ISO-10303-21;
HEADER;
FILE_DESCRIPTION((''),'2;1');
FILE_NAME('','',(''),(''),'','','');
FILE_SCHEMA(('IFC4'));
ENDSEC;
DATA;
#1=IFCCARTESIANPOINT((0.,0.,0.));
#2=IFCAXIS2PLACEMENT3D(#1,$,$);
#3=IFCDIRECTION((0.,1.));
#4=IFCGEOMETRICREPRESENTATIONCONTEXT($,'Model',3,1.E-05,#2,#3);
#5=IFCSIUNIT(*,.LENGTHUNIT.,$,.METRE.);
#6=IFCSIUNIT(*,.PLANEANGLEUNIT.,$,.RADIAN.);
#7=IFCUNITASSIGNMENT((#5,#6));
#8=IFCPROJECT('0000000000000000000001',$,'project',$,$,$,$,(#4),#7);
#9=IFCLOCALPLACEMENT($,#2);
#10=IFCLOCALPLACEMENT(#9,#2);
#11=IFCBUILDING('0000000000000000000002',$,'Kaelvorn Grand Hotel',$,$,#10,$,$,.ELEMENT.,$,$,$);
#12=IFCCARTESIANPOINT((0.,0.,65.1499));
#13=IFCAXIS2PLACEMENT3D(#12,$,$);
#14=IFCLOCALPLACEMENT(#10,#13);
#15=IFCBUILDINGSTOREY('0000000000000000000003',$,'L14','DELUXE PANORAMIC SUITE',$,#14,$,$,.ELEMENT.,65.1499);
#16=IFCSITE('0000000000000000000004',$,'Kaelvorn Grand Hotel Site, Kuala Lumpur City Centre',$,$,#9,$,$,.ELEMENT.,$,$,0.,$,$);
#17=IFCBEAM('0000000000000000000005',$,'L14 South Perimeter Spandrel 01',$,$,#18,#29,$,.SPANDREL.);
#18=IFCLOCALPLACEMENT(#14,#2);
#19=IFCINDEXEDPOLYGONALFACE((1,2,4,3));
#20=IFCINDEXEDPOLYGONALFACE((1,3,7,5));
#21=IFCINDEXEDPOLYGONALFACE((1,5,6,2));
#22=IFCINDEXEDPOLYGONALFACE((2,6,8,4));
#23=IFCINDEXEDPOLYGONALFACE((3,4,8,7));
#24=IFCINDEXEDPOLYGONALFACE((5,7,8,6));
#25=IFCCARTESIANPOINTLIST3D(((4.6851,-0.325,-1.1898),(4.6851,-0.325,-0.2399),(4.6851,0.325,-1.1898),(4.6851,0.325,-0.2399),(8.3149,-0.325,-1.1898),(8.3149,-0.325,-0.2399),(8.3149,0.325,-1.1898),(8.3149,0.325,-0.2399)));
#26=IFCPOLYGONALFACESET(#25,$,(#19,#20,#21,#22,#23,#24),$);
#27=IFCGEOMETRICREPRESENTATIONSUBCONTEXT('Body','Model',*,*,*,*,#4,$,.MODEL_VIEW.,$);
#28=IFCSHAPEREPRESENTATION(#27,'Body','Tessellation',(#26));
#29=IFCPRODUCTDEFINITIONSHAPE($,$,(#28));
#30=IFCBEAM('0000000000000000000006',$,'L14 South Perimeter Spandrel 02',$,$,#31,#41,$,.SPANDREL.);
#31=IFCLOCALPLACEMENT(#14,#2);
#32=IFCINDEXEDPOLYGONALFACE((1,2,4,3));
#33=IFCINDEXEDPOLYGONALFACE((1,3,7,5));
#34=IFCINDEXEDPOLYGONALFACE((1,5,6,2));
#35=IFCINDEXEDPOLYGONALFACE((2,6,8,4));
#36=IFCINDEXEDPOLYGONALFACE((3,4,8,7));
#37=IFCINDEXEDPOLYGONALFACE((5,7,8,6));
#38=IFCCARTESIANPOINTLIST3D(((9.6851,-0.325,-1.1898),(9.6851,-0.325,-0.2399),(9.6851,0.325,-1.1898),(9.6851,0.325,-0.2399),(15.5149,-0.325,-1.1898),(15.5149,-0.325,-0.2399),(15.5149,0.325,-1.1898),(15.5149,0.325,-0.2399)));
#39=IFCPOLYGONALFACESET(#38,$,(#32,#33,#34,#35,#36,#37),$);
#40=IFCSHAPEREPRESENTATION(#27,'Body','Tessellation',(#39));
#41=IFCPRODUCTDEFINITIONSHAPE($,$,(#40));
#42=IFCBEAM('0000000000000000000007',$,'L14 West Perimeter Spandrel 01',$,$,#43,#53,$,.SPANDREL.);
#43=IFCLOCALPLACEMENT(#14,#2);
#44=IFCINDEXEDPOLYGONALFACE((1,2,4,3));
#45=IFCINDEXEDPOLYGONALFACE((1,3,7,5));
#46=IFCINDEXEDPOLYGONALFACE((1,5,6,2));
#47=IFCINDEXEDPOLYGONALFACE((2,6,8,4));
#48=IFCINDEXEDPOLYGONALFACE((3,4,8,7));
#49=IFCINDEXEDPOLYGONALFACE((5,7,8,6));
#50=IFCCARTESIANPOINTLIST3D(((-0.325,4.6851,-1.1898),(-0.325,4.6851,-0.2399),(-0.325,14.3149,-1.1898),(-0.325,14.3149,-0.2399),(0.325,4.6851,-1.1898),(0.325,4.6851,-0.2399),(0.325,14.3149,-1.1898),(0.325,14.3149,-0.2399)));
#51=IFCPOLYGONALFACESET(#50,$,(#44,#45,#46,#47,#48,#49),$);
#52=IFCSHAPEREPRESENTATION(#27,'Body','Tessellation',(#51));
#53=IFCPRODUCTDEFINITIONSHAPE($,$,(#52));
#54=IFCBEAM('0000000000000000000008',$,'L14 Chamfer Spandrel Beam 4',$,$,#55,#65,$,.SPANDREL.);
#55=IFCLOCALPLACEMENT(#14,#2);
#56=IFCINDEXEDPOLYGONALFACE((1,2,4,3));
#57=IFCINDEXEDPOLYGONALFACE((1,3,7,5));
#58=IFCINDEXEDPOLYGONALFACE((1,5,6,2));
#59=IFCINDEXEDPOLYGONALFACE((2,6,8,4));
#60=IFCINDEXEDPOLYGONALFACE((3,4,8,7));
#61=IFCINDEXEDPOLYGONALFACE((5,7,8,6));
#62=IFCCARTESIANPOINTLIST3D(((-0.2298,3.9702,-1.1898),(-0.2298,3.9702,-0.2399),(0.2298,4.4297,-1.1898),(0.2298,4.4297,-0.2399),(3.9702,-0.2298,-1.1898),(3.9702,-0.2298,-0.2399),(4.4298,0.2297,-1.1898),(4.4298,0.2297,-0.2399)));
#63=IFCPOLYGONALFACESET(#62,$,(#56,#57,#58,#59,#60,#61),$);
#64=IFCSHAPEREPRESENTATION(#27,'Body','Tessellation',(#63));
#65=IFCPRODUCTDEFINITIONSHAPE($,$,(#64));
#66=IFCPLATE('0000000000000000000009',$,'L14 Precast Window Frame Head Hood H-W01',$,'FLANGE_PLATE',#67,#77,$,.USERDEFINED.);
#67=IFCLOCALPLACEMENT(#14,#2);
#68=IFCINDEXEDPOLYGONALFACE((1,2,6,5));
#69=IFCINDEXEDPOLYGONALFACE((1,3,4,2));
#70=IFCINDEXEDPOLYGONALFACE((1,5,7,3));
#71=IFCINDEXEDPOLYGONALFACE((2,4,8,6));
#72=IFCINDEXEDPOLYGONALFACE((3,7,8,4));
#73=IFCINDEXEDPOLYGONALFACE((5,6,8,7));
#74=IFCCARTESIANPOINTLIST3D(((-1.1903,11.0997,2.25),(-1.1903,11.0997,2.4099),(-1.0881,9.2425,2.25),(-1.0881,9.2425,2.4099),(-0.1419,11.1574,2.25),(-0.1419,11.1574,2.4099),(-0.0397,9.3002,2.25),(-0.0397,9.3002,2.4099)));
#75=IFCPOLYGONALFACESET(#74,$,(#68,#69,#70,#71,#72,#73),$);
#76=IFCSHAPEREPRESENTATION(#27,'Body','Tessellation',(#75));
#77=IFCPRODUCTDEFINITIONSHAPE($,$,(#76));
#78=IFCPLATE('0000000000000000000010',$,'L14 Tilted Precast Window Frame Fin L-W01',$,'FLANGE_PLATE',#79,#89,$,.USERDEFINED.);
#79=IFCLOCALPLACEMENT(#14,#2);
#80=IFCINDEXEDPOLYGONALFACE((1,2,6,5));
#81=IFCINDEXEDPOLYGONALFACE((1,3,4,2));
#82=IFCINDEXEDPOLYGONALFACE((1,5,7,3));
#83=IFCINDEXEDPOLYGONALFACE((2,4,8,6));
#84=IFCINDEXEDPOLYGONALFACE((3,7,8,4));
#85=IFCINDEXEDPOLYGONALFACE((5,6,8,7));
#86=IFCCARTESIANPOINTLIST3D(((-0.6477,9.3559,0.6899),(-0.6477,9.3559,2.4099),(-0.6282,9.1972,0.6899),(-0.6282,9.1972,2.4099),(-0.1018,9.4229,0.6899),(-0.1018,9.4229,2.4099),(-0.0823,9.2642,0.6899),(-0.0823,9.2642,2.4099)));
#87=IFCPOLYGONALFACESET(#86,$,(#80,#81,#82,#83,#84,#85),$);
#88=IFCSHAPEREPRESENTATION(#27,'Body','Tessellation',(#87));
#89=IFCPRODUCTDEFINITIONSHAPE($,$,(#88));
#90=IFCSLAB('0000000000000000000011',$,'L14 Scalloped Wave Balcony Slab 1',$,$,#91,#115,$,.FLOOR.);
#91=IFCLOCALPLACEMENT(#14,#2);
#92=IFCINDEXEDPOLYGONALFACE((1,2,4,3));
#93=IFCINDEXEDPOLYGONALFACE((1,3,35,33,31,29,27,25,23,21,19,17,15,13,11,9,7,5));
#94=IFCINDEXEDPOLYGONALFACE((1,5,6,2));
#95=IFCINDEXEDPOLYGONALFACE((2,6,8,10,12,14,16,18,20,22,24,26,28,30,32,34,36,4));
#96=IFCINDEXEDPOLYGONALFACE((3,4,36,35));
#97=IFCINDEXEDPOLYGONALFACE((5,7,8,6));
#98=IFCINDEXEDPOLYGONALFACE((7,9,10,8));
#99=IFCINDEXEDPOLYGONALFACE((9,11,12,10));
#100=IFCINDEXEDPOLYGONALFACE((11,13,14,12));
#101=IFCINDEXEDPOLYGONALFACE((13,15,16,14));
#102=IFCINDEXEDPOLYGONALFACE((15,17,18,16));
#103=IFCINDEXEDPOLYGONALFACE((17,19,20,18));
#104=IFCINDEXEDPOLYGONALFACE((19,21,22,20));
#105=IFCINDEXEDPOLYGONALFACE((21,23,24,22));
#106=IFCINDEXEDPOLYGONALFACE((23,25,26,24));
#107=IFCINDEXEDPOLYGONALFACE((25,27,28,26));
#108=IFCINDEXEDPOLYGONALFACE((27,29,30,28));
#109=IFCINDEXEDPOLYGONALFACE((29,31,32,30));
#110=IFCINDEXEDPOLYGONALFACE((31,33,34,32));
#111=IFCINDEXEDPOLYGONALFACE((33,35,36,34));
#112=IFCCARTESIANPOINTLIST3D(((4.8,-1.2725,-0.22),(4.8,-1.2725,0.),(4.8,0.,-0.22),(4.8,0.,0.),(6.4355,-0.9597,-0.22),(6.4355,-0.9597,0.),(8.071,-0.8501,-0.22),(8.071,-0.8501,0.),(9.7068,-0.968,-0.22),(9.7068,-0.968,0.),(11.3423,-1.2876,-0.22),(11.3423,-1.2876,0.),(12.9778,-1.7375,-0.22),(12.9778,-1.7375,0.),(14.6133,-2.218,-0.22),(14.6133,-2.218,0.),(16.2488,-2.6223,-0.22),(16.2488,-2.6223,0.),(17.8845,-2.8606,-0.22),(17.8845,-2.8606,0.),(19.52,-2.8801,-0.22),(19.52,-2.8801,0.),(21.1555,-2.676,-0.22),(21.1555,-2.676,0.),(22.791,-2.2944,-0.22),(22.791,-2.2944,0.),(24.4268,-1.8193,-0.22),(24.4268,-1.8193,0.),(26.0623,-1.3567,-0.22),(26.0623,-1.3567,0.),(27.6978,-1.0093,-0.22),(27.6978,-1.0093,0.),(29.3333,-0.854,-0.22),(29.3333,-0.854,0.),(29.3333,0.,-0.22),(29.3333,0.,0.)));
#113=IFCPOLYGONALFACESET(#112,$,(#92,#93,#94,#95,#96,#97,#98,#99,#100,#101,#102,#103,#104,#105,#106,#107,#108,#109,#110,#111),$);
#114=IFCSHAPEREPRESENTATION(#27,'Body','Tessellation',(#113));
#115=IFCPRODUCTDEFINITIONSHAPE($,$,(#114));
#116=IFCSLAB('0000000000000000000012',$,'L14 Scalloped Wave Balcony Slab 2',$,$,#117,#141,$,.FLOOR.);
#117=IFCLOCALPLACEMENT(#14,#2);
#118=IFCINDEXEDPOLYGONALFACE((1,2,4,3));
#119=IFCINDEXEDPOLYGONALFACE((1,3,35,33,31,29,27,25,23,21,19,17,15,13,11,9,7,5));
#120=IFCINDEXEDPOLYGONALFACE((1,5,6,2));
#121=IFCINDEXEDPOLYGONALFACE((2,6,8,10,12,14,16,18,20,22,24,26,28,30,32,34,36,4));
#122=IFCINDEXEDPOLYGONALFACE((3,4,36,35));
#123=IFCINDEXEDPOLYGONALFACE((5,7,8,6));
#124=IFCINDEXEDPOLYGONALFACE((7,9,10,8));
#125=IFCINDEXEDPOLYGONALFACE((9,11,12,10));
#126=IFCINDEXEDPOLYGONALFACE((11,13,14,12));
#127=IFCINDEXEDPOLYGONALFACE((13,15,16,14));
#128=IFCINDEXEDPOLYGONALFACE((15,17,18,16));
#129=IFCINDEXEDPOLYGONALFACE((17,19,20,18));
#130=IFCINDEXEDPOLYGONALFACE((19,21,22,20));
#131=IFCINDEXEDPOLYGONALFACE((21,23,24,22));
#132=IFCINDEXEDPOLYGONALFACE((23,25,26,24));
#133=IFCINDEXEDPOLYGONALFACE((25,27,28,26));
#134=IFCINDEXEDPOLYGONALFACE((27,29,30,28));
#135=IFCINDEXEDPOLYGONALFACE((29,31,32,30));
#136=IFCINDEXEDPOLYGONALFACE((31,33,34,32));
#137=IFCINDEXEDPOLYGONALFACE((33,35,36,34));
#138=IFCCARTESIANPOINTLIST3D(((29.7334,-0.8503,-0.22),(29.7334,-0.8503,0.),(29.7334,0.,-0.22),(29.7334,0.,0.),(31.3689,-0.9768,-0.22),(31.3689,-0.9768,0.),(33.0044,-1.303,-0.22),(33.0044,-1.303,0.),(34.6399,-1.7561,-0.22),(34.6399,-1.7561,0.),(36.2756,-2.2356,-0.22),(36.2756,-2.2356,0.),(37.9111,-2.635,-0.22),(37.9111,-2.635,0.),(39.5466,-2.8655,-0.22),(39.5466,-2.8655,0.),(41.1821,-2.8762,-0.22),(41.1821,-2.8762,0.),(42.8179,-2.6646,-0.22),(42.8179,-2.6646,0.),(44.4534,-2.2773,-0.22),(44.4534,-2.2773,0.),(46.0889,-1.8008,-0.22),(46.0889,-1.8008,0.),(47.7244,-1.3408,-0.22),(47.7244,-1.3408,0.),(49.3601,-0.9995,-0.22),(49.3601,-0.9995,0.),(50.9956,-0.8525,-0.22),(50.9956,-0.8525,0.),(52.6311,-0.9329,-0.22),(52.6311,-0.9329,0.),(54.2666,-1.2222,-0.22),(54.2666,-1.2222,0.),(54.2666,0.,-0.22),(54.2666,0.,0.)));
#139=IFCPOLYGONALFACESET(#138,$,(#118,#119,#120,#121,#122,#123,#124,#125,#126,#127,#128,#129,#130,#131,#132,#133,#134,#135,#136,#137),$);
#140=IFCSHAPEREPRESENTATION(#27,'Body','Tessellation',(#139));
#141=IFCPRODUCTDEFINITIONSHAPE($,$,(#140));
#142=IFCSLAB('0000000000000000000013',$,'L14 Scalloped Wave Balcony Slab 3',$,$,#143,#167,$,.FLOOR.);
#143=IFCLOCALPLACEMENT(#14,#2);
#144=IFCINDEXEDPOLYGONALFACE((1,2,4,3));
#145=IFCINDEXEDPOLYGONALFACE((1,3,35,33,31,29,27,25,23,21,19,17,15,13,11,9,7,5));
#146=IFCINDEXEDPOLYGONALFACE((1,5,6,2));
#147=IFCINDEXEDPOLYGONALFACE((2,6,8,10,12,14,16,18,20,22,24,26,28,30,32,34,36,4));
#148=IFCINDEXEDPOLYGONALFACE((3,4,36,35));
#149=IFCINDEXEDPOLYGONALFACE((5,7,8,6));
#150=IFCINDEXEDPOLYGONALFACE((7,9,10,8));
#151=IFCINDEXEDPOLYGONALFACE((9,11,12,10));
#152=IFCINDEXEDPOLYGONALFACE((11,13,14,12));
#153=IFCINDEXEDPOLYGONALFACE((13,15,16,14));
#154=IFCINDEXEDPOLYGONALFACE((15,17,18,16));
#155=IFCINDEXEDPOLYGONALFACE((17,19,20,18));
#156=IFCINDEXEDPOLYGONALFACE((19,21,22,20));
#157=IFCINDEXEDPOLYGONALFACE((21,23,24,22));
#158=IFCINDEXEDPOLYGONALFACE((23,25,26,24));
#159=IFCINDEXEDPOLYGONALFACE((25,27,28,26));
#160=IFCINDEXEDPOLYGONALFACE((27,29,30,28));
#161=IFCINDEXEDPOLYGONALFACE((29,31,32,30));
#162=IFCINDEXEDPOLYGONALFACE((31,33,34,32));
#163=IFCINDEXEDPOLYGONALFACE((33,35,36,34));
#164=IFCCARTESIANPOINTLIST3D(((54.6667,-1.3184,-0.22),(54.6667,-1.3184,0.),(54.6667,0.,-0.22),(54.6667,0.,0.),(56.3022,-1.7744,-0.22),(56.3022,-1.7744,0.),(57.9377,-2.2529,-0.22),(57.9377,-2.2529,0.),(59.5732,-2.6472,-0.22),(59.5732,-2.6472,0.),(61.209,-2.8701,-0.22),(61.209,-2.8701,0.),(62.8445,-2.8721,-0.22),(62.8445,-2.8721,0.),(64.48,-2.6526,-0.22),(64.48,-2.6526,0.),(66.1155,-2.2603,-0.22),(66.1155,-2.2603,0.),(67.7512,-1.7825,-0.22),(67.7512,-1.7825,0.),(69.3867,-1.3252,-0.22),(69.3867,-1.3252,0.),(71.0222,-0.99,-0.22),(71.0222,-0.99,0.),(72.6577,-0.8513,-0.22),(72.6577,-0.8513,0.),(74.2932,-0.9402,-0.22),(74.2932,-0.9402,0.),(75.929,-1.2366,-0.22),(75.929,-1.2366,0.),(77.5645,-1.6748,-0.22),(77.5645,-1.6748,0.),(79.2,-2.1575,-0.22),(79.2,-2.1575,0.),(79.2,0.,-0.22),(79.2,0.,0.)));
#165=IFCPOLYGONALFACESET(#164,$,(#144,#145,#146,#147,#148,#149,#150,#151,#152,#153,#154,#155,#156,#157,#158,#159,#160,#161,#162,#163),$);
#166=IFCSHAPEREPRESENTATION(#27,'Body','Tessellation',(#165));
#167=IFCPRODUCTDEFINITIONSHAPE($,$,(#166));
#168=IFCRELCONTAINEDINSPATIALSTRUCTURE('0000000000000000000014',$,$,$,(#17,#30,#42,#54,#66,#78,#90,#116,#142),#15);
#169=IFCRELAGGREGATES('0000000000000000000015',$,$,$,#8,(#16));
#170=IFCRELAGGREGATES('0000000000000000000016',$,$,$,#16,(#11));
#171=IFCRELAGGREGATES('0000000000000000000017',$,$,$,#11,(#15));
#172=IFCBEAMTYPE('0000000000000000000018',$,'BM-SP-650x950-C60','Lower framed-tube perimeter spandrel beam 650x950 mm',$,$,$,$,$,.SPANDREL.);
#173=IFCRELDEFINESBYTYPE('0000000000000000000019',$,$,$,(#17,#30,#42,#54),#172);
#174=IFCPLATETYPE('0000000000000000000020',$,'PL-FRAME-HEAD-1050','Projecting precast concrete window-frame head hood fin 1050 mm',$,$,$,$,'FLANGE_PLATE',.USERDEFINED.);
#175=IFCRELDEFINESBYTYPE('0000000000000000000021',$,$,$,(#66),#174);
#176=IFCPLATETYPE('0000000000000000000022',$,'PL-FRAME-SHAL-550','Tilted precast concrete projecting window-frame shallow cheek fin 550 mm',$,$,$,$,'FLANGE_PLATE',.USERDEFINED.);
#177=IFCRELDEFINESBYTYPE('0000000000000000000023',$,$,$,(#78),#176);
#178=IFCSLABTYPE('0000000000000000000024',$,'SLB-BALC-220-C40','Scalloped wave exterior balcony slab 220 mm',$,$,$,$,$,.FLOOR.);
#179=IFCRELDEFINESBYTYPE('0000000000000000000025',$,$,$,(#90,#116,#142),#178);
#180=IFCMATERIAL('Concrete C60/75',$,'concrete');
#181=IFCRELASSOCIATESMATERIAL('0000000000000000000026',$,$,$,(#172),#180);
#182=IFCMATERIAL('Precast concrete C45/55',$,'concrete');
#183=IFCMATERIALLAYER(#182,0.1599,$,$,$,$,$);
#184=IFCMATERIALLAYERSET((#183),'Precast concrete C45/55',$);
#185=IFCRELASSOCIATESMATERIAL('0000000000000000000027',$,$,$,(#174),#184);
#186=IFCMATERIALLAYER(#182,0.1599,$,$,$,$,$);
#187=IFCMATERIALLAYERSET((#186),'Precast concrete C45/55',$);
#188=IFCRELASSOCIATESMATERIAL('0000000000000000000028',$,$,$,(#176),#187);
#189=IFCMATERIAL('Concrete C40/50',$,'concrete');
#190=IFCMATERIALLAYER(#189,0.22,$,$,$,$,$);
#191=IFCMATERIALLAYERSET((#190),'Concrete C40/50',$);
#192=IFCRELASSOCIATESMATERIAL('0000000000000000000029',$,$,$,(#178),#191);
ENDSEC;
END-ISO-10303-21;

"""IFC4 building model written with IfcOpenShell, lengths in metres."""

from ifc_helpers import new_model, si_unit, direction, frame, origin, origin_2d, place, context, subcontext, project, spatial, polyline, rectangle, outline, extrude, material, layer, layer_set, material_profile, profile_set, type_object, element, save


model = new_model("IFC4")

# Units and contexts
model_context = context("Model", 3, precision=1e-05, world=origin(), true_north=direction((0.0, 1.0)))
body_context = subcontext(model_context, "Body", "Model", "MODEL_VIEW")
ifc_project = project(units=[si_unit("LENGTHUNIT", "METRE"), si_unit("PLANEANGLEUNIT", "RADIAN")], contexts=[model_context])

# Site, building, storey
site_placement = place(None, origin())
site = spatial("IfcSite", under=ifc_project, at=site_placement, Name="Kaelvorn Grand Hotel Site, Kuala Lumpur City Centre", CompositionType="ELEMENT", RefElevation=0.0)
building_placement = place(site_placement, origin())
building = spatial("IfcBuilding", under=site, at=building_placement, Name="Kaelvorn Grand Hotel", CompositionType="ELEMENT")
storey_placement = place(building_placement, frame((0.0, 0.0, 65.1499)))
storey = spatial("IfcBuildingStorey", under=building, at=storey_placement, Name="L14", Description="DELUXE PANORAMIC SUITE", CompositionType="ELEMENT", Elevation=65.1499)

# Beams
ifc_material_1 = material(Name="Concrete C60/75", Category="concrete")
ifc_material_profile_1 = material_profile(ifc_material_1, rectangle(XDim=0.6499, YDim=0.95, at=origin_2d()), Name="RC SPANDREL 650x950")
ifc_profile_set_1 = profile_set([ifc_material_profile_1], Name="Concrete C60/75")
beam_type_1 = type_object("IfcBeamType", Name="BM-SP-650x950-C60", Description="Lower framed-tube perimeter spandrel beam 650x950 mm", PredefinedType="SPANDREL", material=ifc_profile_set_1)
beam_1_placement = place(storey_placement, frame((4.6851, 0.0, -0.7148), z_axis=(1.0, 0.0, 0.0), x_axis=(0.0, 1.0, 0.0)))
element("IfcBeam", 1, at=beam_1_placement, inside=storey, type_object=beam_type_1, Name="L14 South Perimeter Spandrel 01", PredefinedType="SPANDREL", context=body_context, shape_type="SweptSolid", body=[
    extrude(rectangle(XDim=0.6499, YDim=0.95, at=origin_2d()), origin(), (0.0, 0.0, 1.0), 3.6299),
])
beam_2_placement = place(storey_placement, frame((9.6851, 0.0, -0.7148), z_axis=(1.0, 0.0, 0.0), x_axis=(0.0, 1.0, 0.0)))
element("IfcBeam", 2, at=beam_2_placement, inside=storey, type_object=beam_type_1, Name="L14 South Perimeter Spandrel 02", PredefinedType="SPANDREL", context=body_context, shape_type="SweptSolid", body=[
    extrude(rectangle(XDim=0.6499, YDim=0.95, at=origin_2d()), origin(), (0.0, 0.0, 1.0), 5.8298),
])
beam_3_placement = place(storey_placement, frame((0.0, 4.6851, -0.7148), z_axis=(0.0, 1.0, 0.0), x_axis=(-1.0, 0.0, 0.0)))
element("IfcBeam", 3, at=beam_3_placement, inside=storey, type_object=beam_type_1, Name="L14 West Perimeter Spandrel 01", PredefinedType="SPANDREL", context=body_context, shape_type="SweptSolid", body=[
    extrude(rectangle(XDim=0.6499, YDim=0.95, at=origin_2d()), origin(), (0.0, 0.0, 1.0), 9.6299),
])
beam_4_placement = place(storey_placement, frame((0.0, 4.2, -0.7148), z_axis=(0.707107, -0.707107, 0.0), x_axis=(0.707107, 0.707107, 0.0)))
element("IfcBeam", 4, at=beam_4_placement, inside=storey, type_object=beam_type_1, Name="L14 Chamfer Spandrel Beam 4", PredefinedType="SPANDREL", context=body_context, shape_type="SweptSolid", body=[
    extrude(rectangle(XDim=0.6499, YDim=0.95, at=origin_2d()), origin(), (0.0, 0.0, 1.0), 5.9397),
])

# Plates
ifc_material_2 = material(Name="Precast concrete C45/55", Category="concrete")
ifc_layer_1 = layer(ifc_material_2, 0.1599)
ifc_layer_set_1 = layer_set([ifc_layer_1], Name="Precast concrete C45/55")
plate_type_1 = type_object("IfcPlateType", Name="PL-FRAME-HEAD-1050", Description="Projecting precast concrete window-frame head hood fin 1050 mm", ElementType="FLANGE_PLATE", PredefinedType="USERDEFINED", material=ifc_layer_set_1)
plate_1_placement = place(storey_placement, frame((-0.615, 10.2, 2.25), z_axis=(0.0, 0.0, 1.0), x_axis=(-0.05495, 0.998489, 0.0)))
element("IfcPlate", 5, at=plate_1_placement, inside=storey, type_object=plate_type_1, Name="L14 Precast Window Frame Head Hood H-W01", ObjectType="FLANGE_PLATE", PredefinedType="USERDEFINED", context=body_context, shape_type="SweptSolid", body=[
    extrude(rectangle(XDim=1.8601, YDim=1.05, at=origin_2d()), origin(), (0.0, 0.0, 1.0), 0.1599),
])
ifc_layer_2 = layer(ifc_material_2, 0.1599)
ifc_layer_set_2 = layer_set([ifc_layer_2], Name="Precast concrete C45/55")
plate_type_2 = type_object("IfcPlateType", Name="PL-FRAME-SHAL-550", Description="Tilted precast concrete projecting window-frame shallow cheek fin 550 mm", ElementType="FLANGE_PLATE", PredefinedType="USERDEFINED", material=ifc_layer_set_2)
plate_2_placement = place(storey_placement, frame((-0.365, 9.3101, 0.6899), z_axis=(0.0, 0.0, 1.0), x_axis=(-0.121869, 0.992546, 0.0)))
element("IfcPlate", 6, at=plate_2_placement, inside=storey, type_object=plate_type_2, Name="L14 Tilted Precast Window Frame Fin L-W01", ObjectType="FLANGE_PLATE", PredefinedType="USERDEFINED", context=body_context, shape_type="SweptSolid", body=[
    extrude(rectangle(XDim=0.1599, YDim=0.55, at=origin_2d()), origin(), (0.0, 0.0, 1.0), 1.72),
])

# Slabs
ifc_material_3 = material(Name="Concrete C40/50", Category="concrete")
ifc_layer_3 = layer(ifc_material_3, 0.22)
ifc_layer_set_3 = layer_set([ifc_layer_3], Name="Concrete C40/50")
slab_type_1 = type_object("IfcSlabType", Name="SLB-BALC-220-C40", Description="Scalloped wave exterior balcony slab 220 mm", PredefinedType="FLOOR", material=ifc_layer_set_3)
slab_1_placement = place(storey_placement, frame((0.0, 0.0, -0.22)))
element("IfcSlab", 7, at=slab_1_placement, inside=storey, type_object=slab_type_1, Name="L14 Scalloped Wave Balcony Slab 1", PredefinedType="FLOOR", context=body_context, shape_type="SweptSolid", body=[
    extrude(outline(polyline([(4.8, -1.2725), (6.4355, -0.9597), (8.071, -0.8501), (9.7068, -0.968), (11.3423, -1.2876), (12.9778, -1.7375), (14.6133, -2.218), (16.2488, -2.6223), (17.8845, -2.8606), (19.52, -2.8801), (21.1555, -2.676), (22.791, -2.2944), (24.4268, -1.8193), (26.0623, -1.3567), (27.6978, -1.0093), (29.3333, -0.854), (29.3333, 0.0), (4.8, 0.0), (4.8, -1.2725)])), origin(), (0.0, 0.0, 1.0), 0.22),
])
slab_2_placement = place(storey_placement, frame((0.0, 0.0, -0.22)))
element("IfcSlab", 8, at=slab_2_placement, inside=storey, type_object=slab_type_1, Name="L14 Scalloped Wave Balcony Slab 2", PredefinedType="FLOOR", context=body_context, shape_type="SweptSolid", body=[
    extrude(outline(polyline([(29.7334, -0.8503), (31.3689, -0.9768), (33.0044, -1.303), (34.6399, -1.7561), (36.2756, -2.2356), (37.9111, -2.635), (39.5466, -2.8655), (41.1821, -2.8762), (42.8179, -2.6646), (44.4534, -2.2773), (46.0889, -1.8008), (47.7244, -1.3408), (49.3601, -0.9995), (50.9956, -0.8525), (52.6311, -0.9329), (54.2666, -1.2222), (54.2666, 0.0), (29.7334, 0.0), (29.7334, -0.8503)])), origin(), (0.0, 0.0, 1.0), 0.22),
])
slab_3_placement = place(storey_placement, frame((0.0, 0.0, -0.22)))
element("IfcSlab", 9, at=slab_3_placement, inside=storey, type_object=slab_type_1, Name="L14 Scalloped Wave Balcony Slab 3", PredefinedType="FLOOR", context=body_context, shape_type="SweptSolid", body=[
    extrude(outline(polyline([(54.6667, -1.3184), (56.3022, -1.7744), (57.9377, -2.2529), (59.5732, -2.6472), (61.209, -2.8701), (62.8445, -2.8721), (64.48, -2.6526), (66.1155, -2.2603), (67.7512, -1.7825), (69.3867, -1.3252), (71.0222, -0.99), (72.6577, -0.8513), (74.2932, -0.9402), (75.929, -1.2366), (77.5645, -1.6748), (79.2, -2.1575), (79.2, 0.0), (54.6667, 0.0), (54.6667, -1.3184)])), origin(), (0.0, 0.0, 1.0), 0.22),
])

save(model, "model.ifc")
